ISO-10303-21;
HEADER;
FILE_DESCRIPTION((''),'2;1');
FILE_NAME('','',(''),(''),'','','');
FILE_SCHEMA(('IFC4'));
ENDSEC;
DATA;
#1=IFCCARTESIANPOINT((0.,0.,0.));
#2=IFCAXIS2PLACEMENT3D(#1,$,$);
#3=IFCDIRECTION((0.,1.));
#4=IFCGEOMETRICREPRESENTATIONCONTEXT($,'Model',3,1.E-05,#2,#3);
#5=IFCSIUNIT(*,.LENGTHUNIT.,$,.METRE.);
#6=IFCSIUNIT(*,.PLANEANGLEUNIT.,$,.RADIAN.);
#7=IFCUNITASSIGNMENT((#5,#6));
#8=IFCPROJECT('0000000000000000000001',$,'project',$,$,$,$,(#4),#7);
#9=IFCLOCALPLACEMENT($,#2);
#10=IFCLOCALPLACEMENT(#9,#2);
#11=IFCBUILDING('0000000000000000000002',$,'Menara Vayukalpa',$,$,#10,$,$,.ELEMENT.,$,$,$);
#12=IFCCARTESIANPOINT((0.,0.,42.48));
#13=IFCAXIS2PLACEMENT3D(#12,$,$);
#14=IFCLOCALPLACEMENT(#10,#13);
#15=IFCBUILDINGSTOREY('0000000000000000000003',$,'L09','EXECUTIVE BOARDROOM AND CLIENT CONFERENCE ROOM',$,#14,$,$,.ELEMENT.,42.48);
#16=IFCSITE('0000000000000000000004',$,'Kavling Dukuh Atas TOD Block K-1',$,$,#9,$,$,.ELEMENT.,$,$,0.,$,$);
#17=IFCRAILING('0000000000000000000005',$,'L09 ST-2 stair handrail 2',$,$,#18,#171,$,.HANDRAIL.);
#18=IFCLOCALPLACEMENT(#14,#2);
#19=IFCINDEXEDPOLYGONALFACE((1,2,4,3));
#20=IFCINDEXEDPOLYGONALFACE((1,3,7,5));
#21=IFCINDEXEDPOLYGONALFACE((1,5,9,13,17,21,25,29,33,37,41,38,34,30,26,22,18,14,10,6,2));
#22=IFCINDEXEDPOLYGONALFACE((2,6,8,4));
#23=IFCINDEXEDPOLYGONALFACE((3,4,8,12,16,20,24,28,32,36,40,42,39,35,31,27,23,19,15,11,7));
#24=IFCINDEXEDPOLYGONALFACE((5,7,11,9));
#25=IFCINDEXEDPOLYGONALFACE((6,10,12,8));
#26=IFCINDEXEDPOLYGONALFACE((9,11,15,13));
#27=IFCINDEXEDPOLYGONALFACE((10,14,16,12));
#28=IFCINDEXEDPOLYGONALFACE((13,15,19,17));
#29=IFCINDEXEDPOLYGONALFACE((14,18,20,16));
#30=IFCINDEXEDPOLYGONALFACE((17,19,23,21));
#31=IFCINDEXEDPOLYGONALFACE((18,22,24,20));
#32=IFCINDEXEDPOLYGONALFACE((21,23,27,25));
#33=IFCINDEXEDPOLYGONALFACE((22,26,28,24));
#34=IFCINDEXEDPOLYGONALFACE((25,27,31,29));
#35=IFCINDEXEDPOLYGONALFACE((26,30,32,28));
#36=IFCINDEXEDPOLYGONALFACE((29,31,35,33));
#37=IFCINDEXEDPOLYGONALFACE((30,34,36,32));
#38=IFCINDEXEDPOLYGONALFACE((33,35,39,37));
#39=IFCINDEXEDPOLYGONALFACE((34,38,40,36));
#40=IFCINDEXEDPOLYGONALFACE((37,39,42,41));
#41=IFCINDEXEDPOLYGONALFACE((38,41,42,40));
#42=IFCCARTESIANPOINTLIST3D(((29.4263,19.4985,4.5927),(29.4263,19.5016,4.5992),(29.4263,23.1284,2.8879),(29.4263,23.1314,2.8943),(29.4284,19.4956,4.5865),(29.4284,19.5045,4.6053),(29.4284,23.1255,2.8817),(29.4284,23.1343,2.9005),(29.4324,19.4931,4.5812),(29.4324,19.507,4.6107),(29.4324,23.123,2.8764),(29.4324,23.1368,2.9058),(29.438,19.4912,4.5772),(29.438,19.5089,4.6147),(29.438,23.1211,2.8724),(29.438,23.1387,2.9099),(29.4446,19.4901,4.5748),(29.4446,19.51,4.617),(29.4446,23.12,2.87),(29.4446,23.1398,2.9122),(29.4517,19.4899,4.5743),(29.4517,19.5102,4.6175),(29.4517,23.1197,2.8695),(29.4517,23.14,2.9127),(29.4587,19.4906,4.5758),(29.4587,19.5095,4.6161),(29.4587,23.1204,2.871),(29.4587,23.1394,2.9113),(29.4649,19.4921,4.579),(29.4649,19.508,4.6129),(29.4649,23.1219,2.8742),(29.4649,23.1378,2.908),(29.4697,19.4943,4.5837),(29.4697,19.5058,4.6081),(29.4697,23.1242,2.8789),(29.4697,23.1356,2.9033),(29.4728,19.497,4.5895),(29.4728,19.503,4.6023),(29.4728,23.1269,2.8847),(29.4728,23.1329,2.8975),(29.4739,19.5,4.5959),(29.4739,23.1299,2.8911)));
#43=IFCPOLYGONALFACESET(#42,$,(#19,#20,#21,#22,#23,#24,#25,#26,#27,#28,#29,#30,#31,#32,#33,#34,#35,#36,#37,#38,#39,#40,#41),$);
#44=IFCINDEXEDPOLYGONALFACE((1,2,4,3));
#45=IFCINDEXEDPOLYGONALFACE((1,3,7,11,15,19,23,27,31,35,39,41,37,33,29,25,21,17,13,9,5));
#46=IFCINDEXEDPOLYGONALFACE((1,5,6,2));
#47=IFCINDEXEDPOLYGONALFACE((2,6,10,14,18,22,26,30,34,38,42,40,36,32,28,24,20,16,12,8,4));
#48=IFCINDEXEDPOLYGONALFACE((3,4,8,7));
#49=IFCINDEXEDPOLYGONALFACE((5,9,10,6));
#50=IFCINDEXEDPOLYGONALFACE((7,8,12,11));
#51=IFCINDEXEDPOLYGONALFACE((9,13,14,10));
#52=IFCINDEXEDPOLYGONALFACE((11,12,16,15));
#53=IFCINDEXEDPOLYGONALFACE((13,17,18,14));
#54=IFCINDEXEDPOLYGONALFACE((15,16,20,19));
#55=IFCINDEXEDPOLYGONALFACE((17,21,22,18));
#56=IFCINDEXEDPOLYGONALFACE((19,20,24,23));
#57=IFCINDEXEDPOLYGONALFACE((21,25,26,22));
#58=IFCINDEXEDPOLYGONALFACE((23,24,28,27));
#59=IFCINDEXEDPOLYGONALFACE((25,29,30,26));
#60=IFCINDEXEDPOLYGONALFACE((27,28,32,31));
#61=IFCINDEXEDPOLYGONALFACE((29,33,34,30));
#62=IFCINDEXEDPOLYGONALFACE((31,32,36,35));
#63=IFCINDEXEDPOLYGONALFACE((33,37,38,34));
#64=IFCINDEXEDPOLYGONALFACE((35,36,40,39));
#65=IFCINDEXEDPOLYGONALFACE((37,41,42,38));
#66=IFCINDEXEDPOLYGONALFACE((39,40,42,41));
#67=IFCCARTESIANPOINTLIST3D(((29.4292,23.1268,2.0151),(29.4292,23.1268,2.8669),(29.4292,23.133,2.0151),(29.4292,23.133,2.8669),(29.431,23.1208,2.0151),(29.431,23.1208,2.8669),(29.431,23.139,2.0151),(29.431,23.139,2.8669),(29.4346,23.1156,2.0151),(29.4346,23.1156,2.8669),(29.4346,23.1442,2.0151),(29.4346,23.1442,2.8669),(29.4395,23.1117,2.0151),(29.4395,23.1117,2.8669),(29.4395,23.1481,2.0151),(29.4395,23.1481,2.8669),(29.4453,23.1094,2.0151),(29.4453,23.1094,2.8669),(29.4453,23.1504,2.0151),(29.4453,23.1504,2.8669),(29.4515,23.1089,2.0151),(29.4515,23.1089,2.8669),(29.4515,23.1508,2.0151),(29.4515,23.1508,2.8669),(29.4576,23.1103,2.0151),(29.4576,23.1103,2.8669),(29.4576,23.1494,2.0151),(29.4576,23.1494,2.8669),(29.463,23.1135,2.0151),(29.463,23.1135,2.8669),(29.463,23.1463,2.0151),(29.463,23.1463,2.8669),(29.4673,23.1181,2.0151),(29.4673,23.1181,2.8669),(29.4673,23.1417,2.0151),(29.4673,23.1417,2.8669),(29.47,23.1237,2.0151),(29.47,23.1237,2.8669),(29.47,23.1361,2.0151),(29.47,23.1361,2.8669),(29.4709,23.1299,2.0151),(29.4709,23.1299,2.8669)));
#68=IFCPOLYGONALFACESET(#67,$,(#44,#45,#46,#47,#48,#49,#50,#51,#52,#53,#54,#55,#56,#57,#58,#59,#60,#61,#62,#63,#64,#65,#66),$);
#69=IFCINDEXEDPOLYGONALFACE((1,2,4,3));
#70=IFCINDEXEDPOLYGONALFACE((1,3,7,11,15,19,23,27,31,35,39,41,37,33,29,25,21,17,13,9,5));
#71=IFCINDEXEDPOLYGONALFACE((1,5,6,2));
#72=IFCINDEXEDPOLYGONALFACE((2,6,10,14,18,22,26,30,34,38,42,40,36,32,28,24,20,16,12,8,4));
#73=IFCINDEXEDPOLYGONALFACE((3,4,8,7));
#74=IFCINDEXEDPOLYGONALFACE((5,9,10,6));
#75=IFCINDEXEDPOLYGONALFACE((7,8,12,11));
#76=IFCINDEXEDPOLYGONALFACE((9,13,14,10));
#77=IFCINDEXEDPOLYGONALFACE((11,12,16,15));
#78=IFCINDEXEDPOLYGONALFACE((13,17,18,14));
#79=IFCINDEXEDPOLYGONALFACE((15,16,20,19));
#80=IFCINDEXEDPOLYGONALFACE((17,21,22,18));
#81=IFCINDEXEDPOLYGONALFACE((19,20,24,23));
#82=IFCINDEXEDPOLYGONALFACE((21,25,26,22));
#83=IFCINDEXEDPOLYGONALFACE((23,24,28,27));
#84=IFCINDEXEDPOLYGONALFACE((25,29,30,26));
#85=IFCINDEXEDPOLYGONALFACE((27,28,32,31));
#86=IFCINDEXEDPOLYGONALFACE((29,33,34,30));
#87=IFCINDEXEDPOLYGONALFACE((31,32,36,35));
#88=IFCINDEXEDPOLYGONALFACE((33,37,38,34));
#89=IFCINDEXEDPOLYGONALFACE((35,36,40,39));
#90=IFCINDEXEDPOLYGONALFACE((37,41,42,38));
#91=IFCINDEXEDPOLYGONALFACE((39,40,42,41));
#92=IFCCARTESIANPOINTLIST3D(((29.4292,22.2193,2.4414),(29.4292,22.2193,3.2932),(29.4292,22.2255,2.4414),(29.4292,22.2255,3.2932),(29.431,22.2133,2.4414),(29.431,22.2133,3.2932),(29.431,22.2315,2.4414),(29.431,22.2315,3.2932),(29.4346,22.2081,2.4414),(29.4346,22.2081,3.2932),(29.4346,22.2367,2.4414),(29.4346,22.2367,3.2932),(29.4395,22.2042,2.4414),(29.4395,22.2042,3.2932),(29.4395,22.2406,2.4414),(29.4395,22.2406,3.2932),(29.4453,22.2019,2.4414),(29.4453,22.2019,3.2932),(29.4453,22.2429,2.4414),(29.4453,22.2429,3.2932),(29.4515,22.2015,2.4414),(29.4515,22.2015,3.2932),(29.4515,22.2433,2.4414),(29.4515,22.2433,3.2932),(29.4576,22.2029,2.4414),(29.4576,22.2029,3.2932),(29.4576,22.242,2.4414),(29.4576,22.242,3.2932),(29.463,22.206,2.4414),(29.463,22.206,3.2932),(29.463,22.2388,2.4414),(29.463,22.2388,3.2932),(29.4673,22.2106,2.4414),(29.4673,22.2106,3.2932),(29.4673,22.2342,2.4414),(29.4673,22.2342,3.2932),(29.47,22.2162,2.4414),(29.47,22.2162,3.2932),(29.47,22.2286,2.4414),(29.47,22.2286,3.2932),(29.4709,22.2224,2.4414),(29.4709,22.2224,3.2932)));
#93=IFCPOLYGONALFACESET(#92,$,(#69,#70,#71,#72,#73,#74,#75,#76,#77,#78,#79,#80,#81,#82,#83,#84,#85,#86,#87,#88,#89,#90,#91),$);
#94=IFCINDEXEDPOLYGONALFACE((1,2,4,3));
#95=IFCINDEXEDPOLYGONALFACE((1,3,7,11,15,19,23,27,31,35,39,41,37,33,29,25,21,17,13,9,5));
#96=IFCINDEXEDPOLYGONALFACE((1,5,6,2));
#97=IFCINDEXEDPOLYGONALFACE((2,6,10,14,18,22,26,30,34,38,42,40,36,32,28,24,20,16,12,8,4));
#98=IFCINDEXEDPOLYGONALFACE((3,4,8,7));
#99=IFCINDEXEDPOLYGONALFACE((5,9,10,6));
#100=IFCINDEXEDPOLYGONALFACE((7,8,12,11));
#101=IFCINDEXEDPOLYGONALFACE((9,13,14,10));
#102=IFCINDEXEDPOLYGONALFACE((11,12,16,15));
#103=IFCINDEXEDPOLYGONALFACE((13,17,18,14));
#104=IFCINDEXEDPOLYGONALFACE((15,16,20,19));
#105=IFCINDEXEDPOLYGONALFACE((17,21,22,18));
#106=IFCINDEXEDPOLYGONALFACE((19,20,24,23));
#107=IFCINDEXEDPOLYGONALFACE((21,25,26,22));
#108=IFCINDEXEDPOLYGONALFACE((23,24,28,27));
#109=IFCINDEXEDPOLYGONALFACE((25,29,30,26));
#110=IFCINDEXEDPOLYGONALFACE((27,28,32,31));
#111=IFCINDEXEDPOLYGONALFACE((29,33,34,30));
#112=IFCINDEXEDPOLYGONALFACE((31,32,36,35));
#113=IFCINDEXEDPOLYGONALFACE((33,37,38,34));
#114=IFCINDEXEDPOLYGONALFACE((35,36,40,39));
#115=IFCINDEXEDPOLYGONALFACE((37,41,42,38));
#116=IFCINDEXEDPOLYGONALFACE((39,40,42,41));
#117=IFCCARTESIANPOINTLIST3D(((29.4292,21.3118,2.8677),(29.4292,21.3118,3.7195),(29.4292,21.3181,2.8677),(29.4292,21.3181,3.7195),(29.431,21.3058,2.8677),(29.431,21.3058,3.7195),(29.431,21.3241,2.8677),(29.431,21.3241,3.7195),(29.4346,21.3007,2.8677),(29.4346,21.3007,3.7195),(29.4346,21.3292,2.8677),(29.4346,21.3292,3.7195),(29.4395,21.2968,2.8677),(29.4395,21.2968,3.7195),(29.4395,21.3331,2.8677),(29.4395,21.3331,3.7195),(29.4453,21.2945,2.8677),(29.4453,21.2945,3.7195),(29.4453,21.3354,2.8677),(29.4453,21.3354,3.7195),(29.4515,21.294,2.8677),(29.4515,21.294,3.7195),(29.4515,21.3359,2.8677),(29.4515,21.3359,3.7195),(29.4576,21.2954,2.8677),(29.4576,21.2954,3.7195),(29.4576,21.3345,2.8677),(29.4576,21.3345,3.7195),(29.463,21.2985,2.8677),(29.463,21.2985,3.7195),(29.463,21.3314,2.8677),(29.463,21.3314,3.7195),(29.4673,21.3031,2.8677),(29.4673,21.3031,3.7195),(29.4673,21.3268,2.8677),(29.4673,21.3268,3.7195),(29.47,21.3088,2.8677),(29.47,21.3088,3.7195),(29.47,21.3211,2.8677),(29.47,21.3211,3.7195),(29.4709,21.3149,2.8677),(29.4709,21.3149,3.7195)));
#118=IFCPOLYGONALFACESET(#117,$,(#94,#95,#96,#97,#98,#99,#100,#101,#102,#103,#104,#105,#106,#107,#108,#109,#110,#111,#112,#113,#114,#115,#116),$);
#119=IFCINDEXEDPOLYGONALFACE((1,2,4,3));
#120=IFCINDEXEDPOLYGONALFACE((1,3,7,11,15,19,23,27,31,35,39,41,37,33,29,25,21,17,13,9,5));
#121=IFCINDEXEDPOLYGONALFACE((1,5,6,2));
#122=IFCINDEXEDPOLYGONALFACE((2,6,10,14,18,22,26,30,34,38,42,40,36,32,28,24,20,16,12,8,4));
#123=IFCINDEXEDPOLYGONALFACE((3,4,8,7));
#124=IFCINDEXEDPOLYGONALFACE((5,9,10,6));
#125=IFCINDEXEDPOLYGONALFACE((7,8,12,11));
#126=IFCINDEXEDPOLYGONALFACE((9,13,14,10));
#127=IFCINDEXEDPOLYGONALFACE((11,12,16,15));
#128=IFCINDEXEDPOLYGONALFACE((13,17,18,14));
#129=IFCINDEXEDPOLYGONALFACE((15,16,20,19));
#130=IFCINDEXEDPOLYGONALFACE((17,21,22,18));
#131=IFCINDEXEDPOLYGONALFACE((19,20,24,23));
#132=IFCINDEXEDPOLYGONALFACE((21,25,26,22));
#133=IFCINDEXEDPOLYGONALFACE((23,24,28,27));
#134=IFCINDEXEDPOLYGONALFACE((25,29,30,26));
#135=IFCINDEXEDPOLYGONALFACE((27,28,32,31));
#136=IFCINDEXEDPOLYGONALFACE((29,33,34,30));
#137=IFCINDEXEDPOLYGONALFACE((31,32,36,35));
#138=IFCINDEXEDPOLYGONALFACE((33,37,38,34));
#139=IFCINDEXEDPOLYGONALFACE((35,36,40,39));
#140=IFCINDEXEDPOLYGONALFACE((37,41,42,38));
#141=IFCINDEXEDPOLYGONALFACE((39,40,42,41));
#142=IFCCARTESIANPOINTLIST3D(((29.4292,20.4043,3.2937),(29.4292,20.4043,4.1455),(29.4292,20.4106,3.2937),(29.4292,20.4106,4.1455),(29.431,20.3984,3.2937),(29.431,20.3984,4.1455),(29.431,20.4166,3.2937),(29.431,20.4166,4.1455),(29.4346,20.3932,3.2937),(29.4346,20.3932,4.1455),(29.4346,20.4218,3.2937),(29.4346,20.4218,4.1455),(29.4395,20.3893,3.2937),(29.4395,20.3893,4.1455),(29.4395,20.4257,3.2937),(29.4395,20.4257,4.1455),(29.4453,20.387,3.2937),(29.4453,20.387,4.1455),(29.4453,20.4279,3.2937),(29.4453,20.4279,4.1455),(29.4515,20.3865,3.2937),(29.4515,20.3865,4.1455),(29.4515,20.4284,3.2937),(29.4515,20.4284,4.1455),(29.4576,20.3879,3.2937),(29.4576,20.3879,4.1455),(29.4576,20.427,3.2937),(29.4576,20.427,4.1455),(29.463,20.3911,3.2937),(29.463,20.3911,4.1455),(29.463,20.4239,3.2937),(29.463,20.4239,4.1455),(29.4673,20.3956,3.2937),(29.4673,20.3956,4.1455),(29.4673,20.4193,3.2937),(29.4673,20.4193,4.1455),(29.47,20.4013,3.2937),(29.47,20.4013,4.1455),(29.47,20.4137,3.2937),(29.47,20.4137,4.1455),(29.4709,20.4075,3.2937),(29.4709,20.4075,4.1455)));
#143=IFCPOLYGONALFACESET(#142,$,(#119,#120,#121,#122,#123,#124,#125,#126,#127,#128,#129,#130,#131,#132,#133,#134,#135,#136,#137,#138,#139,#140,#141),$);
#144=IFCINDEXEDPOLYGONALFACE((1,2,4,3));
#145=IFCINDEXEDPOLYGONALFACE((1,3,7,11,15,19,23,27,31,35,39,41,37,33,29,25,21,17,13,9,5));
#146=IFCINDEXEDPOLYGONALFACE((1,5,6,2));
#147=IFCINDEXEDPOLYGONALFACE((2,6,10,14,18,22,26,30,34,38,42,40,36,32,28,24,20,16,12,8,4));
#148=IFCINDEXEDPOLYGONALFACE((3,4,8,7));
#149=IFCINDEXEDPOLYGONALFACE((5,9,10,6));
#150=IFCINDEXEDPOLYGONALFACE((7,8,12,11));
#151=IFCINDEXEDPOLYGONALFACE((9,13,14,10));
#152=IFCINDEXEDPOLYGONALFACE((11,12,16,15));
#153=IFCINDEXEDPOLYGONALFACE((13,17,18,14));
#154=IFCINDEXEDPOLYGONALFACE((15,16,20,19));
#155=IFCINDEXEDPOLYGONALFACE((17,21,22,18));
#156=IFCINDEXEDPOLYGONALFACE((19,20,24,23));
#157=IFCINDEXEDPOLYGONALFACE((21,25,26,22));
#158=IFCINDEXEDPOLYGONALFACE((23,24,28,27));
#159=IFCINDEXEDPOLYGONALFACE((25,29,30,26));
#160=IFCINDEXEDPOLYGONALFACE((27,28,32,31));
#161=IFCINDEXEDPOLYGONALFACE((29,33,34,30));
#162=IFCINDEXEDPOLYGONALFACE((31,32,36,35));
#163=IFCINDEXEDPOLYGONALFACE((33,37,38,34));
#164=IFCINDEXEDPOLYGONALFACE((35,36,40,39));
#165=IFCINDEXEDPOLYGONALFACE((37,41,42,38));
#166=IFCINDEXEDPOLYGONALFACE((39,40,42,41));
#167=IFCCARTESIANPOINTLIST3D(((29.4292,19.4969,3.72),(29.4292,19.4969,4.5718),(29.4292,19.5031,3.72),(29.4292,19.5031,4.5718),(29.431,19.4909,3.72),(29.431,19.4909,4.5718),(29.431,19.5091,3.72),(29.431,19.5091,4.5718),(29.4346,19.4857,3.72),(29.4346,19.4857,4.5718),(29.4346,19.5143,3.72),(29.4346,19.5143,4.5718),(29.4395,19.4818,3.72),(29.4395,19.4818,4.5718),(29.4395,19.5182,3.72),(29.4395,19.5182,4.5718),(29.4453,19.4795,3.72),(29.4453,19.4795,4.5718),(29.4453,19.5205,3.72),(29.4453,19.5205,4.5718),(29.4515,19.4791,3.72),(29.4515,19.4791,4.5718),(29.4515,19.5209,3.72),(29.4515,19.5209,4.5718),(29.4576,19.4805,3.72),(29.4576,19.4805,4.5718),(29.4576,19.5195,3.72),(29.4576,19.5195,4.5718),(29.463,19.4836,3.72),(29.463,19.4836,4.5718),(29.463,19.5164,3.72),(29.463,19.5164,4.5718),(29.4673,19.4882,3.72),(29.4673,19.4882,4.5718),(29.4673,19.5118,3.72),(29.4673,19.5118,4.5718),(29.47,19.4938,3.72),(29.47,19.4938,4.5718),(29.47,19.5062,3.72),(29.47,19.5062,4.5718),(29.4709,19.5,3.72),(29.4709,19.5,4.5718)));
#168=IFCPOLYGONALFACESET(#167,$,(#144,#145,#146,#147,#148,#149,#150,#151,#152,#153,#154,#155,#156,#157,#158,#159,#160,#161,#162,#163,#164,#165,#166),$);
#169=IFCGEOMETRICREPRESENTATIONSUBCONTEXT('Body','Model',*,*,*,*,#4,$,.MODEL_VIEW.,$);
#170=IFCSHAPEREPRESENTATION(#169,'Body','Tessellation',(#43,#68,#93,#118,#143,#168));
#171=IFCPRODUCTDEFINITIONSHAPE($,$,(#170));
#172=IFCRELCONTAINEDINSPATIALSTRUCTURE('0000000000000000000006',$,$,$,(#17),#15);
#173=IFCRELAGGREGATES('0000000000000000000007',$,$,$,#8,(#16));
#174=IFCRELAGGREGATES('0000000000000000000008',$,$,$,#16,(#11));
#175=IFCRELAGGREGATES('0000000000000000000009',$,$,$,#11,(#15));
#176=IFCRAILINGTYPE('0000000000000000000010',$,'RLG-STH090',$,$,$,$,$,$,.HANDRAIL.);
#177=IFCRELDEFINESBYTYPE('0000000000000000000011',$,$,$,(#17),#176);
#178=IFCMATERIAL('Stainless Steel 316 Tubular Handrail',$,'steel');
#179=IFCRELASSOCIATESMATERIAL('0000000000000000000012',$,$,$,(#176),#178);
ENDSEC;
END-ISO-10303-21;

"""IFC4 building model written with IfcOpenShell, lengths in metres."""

from ifc_helpers import new_model, si_unit, direction, frame, origin, origin_2d, place, context, subcontext, project, spatial, circle, extrude, material, type_object, element, save


model = new_model("IFC4")

# Units and contexts
model_context = context("Model", 3, precision=1e-05, world=origin(), true_north=direction((0.0, 1.0)))
body_context = subcontext(model_context, "Body", "Model", "MODEL_VIEW")
ifc_project = project(units=[si_unit("LENGTHUNIT", "METRE"), si_unit("PLANEANGLEUNIT", "RADIAN")], contexts=[model_context])

# Site, building, storey
site_placement = place(None, origin())
site = spatial("IfcSite", under=ifc_project, at=site_placement, Name="Kavling Dukuh Atas TOD Block K-1", CompositionType="ELEMENT", RefElevation=0.0)
building_placement = place(site_placement, origin())
building = spatial("IfcBuilding", under=site, at=building_placement, Name="Menara Vayukalpa", CompositionType="ELEMENT")
storey_placement = place(building_placement, frame((0.0, 0.0, 42.48)))
storey = spatial("IfcBuildingStorey", under=building, at=storey_placement, Name="L09", Description="EXECUTIVE BOARDROOM AND CLIENT CONFERENCE ROOM", CompositionType="ELEMENT", Elevation=42.48)

# Railing
ifc_material_1 = material(Name="Stainless Steel 316 Tubular Handrail", Category="steel")
railing_type_1 = type_object("IfcRailingType", Name="RLG-STH090", PredefinedType="HANDRAIL", material=ifc_material_1)
railing_1_placement = place(storey_placement, frame((29.45, 23.1299, 2.0151)))
element("IfcRailing", 1, at=railing_1_placement, inside=storey, type_object=railing_type_1, Name="L09 ST-2 stair handrail 2", PredefinedType="HANDRAIL", context=body_context, shape_type="SweptSolid", body=[
    extrude(circle(Radius=0.0239, at=origin_2d()), frame((0.0, 0.0, 0.876), z_axis=(0.0, -0.90514, 0.425114), x_axis=(1.0, 0.0, 0.0)), (0.0, 0.0, 1.0), 4.0103),
    extrude(circle(Radius=0.021, at=origin_2d()), origin(), (0.0, 0.0, 1.0), 0.8518),
    extrude(circle(Radius=0.021, at=origin_2d()), frame((0.0, -0.9075, 0.4263)), (0.0, 0.0, 1.0), 0.8518),
    extrude(circle(Radius=0.021, at=origin_2d()), frame((0.0, -1.8149, 0.8525)), (0.0, 0.0, 1.0), 0.8518),
    extrude(circle(Radius=0.021, at=origin_2d()), frame((0.0, -2.7224, 1.2786)), (0.0, 0.0, 1.0), 0.8518),
    extrude(circle(Radius=0.021, at=origin_2d()), frame((0.0, -3.6299, 1.7048)), (0.0, 0.0, 1.0), 0.8518),
])

save(model, "model.ifc")
